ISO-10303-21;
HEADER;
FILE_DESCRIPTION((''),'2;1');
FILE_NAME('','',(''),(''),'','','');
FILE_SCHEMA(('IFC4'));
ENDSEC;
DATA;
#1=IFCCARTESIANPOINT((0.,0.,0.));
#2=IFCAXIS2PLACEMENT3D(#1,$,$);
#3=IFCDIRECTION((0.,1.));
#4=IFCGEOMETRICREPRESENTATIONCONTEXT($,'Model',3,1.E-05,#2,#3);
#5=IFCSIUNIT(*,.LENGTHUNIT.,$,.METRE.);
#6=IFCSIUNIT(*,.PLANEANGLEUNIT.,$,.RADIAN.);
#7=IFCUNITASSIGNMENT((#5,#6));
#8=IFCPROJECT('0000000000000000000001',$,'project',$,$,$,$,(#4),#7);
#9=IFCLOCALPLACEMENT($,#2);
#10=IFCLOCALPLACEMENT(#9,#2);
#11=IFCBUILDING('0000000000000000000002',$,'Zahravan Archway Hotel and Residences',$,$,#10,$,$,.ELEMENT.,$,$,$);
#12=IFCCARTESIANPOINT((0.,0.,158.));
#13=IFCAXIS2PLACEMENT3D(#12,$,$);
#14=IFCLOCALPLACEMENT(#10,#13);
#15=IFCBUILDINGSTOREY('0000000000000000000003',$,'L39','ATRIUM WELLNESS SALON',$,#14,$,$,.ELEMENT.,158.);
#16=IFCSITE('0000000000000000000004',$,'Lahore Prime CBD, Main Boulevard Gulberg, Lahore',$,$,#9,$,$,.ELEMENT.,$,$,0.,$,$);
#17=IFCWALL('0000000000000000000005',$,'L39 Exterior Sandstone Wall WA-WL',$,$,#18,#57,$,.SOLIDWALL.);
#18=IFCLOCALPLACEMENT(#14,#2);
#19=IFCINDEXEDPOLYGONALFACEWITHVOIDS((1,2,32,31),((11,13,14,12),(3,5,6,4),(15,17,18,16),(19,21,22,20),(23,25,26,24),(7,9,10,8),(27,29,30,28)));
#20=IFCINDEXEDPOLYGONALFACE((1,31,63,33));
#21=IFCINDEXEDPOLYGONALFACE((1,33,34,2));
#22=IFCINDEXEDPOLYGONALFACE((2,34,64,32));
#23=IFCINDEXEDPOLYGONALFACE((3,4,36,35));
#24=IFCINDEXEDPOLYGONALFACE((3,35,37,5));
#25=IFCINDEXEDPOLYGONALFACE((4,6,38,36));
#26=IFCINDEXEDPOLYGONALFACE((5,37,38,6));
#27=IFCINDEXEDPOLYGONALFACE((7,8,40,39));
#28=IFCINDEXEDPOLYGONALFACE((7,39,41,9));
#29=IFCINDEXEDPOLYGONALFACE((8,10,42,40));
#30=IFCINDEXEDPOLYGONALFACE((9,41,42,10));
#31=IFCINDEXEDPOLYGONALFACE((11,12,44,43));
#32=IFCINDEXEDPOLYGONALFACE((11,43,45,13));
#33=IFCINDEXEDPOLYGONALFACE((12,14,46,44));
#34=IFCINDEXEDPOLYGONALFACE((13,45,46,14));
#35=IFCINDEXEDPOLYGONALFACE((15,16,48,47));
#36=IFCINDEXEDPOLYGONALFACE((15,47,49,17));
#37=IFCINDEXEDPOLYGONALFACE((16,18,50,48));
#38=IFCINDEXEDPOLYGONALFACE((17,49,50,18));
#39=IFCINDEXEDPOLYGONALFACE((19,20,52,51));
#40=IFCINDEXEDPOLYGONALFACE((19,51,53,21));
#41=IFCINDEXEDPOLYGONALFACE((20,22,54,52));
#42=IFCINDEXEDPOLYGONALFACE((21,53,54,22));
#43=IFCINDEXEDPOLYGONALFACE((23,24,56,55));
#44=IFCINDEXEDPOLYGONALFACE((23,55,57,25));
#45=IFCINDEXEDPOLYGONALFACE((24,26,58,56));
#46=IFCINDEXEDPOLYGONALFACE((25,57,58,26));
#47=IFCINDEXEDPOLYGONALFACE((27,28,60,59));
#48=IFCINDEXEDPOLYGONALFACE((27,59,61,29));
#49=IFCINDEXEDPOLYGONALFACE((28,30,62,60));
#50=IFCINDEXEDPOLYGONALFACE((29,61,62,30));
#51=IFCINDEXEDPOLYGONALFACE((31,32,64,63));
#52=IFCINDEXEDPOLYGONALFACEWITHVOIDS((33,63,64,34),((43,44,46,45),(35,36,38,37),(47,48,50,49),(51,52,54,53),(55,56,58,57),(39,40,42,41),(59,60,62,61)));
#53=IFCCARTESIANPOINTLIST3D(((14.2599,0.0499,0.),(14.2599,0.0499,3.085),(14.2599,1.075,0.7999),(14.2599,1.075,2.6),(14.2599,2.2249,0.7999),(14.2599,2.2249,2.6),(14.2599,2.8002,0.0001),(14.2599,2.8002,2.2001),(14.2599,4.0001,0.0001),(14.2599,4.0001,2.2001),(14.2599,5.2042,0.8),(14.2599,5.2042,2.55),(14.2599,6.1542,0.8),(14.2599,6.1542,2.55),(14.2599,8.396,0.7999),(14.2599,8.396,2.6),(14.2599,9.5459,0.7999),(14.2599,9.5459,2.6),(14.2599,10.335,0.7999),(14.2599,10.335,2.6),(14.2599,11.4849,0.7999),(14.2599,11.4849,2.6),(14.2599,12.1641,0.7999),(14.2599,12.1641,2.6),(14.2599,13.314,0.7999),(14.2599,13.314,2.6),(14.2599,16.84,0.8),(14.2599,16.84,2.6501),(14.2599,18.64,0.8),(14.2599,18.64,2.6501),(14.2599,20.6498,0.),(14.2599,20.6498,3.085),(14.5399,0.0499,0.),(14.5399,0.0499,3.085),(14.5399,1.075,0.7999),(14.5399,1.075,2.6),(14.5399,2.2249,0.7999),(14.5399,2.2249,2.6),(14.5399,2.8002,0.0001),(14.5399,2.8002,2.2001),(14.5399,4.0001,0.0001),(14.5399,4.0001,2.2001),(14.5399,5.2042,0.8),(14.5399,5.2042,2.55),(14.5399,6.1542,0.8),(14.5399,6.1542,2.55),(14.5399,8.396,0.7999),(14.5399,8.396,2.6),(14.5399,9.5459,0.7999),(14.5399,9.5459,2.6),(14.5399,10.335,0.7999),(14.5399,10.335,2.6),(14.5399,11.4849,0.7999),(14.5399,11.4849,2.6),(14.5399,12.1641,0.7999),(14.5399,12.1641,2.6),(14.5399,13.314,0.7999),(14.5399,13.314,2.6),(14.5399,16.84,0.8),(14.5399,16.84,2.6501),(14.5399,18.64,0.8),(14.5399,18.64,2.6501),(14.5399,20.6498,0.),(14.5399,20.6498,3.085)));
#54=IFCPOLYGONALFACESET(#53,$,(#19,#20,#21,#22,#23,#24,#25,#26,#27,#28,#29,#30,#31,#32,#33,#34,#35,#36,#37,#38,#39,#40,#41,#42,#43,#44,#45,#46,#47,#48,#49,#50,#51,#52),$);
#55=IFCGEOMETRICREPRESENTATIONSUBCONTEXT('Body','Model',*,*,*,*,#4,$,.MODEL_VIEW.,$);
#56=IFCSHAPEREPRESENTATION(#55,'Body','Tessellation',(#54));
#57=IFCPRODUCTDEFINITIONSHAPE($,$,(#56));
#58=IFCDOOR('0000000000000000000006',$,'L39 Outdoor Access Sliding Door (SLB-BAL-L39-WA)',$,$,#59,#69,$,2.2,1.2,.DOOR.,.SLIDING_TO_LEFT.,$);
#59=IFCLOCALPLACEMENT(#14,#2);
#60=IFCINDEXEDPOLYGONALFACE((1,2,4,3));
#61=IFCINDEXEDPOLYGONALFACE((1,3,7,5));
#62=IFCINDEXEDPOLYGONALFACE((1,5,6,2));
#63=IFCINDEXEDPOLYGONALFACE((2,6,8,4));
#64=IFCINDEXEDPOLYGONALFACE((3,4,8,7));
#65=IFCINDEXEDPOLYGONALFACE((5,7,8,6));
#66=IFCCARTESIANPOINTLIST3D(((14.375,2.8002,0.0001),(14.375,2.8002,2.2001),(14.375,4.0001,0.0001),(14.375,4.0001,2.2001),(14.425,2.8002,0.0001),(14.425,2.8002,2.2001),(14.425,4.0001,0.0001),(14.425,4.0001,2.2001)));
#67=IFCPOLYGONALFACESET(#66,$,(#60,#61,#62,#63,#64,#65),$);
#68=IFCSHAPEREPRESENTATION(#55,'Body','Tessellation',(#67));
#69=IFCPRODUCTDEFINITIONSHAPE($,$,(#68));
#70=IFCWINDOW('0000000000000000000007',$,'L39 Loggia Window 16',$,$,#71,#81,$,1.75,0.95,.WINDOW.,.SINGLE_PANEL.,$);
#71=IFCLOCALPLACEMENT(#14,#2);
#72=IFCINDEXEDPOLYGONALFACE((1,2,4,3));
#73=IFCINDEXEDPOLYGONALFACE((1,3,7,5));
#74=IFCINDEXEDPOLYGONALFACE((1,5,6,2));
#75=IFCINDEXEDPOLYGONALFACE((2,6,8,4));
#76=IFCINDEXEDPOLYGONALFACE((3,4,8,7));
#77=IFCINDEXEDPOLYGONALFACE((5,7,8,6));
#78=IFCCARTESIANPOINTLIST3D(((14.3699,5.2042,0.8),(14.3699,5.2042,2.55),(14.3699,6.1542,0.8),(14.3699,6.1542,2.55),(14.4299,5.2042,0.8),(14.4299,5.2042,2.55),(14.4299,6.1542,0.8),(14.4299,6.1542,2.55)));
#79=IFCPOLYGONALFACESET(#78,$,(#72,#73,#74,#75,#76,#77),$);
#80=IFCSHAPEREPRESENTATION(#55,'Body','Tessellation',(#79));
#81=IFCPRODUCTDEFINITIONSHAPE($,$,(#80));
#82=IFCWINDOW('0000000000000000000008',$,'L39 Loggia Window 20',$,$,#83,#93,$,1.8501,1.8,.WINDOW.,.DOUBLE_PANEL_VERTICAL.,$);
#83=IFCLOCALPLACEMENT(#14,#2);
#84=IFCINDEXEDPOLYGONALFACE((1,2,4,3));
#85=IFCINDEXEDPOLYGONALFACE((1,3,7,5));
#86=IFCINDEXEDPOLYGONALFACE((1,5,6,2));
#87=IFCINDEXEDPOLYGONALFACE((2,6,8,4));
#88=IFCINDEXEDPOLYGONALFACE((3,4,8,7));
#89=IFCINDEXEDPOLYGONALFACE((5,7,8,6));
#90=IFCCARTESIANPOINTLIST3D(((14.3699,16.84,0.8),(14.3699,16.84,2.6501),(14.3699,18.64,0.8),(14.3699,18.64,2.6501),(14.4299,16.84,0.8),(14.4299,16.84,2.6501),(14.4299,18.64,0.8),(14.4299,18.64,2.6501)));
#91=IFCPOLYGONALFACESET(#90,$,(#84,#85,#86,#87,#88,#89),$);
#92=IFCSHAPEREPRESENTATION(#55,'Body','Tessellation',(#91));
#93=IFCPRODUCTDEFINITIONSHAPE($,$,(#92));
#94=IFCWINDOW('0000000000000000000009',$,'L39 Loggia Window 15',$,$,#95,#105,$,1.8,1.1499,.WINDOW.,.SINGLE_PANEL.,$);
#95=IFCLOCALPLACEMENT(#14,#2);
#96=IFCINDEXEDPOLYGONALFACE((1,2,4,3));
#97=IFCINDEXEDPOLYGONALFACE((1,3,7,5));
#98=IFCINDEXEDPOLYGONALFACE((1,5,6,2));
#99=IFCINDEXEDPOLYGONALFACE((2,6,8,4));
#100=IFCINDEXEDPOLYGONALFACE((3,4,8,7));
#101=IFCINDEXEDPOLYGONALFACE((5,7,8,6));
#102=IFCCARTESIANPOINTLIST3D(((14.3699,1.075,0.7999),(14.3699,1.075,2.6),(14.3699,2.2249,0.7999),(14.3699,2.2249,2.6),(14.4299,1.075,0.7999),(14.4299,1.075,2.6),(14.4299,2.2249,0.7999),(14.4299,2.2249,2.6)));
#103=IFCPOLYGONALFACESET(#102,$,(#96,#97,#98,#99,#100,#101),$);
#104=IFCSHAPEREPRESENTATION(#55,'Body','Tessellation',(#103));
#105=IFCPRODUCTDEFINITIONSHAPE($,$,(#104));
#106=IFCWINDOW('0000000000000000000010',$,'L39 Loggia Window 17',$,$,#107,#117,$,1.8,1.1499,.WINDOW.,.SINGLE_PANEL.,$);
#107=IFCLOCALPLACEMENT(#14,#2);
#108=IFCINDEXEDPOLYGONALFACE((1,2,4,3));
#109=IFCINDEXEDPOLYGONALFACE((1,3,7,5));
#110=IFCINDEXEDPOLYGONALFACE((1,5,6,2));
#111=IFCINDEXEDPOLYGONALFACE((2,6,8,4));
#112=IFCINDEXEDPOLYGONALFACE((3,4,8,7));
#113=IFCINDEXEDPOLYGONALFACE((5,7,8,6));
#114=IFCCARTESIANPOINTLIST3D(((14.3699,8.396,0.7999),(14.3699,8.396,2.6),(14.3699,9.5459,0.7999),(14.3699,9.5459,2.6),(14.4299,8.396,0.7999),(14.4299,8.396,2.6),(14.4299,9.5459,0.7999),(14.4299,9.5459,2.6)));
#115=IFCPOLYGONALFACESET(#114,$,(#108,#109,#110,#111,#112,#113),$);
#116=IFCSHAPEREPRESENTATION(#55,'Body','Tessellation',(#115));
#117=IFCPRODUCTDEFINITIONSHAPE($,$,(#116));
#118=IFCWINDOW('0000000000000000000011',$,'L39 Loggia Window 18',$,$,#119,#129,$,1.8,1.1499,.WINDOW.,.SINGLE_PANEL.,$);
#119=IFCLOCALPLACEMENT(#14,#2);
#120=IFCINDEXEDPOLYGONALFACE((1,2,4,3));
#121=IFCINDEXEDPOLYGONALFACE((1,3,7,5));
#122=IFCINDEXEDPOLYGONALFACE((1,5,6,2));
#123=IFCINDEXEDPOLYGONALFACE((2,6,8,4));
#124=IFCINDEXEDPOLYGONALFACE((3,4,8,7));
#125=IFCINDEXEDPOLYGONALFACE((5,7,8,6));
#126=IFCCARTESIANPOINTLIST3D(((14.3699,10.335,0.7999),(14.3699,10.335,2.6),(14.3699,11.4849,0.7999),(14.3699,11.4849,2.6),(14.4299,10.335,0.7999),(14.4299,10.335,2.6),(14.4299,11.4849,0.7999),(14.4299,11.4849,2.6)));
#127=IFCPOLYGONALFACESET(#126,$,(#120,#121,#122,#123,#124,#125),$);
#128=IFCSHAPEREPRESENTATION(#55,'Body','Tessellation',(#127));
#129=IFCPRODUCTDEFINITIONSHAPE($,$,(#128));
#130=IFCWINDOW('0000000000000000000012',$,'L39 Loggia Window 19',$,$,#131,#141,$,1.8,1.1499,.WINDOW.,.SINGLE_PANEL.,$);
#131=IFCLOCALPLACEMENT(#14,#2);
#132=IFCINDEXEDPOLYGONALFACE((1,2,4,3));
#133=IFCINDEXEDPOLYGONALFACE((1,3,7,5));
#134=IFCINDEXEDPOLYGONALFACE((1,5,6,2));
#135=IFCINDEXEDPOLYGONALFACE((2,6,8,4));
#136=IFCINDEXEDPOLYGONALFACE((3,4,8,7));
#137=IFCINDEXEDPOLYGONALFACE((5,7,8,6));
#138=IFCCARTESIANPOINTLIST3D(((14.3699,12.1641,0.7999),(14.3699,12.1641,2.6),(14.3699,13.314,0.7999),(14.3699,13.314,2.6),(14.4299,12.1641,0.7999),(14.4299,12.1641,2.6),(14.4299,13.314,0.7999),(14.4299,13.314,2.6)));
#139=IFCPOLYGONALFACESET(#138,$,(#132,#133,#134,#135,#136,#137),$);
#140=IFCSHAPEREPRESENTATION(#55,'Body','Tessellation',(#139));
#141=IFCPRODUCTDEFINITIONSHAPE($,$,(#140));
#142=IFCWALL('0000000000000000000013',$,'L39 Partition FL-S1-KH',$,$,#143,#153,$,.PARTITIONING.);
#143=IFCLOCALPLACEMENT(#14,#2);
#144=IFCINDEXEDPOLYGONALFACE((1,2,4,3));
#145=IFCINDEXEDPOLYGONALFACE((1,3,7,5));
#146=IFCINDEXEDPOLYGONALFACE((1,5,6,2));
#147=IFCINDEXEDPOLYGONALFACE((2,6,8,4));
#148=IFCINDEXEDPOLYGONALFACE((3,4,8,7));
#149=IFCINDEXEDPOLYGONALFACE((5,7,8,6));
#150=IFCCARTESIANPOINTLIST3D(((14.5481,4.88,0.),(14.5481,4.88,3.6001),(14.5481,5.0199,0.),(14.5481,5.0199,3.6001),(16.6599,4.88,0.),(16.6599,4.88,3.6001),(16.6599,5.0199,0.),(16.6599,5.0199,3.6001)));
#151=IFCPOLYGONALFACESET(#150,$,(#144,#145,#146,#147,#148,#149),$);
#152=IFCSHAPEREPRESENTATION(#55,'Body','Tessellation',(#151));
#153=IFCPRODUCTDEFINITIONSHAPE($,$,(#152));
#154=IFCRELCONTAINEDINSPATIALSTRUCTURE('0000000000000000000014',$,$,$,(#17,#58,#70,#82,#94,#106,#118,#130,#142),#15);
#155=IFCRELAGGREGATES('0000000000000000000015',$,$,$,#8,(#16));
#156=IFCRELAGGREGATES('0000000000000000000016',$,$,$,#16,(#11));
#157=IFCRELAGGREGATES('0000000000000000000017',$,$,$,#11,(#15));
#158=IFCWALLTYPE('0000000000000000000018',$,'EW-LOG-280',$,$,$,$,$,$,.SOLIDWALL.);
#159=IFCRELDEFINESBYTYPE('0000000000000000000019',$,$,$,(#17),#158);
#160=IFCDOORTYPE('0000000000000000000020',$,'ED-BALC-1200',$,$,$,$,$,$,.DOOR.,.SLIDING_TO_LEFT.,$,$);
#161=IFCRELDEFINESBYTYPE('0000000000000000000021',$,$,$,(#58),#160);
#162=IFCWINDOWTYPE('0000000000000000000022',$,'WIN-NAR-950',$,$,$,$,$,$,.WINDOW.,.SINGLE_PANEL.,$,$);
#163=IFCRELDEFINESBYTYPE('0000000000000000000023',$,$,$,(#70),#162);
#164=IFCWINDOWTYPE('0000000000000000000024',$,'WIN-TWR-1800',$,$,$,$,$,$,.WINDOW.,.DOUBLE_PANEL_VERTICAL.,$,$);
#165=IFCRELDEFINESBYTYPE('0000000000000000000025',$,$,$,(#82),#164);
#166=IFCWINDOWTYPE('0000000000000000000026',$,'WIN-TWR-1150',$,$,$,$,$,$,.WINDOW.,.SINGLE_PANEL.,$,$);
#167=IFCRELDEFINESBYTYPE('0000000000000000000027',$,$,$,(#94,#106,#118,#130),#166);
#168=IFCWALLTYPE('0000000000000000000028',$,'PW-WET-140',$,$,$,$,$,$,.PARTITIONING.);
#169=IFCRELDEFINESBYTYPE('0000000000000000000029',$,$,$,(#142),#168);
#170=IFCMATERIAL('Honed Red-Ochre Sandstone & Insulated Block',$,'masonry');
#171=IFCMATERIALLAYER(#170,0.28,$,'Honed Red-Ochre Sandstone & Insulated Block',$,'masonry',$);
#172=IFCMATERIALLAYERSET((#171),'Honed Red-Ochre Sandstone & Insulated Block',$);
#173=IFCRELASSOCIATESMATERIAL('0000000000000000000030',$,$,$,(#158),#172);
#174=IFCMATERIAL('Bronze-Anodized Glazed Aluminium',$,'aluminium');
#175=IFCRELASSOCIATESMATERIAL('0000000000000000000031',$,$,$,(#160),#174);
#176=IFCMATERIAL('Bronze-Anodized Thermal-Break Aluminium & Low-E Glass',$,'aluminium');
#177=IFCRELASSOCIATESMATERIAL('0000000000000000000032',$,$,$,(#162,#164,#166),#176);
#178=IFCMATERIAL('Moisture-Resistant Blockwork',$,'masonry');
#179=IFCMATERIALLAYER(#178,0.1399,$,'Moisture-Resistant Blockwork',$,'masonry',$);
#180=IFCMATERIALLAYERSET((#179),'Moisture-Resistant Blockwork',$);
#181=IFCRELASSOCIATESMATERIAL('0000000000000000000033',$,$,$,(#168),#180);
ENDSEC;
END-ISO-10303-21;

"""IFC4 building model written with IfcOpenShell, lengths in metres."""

from ifc_helpers import new_model, si_unit, direction, frame, frame_2d, origin, place, context, subcontext, project, spatial, rectangle, extrude, source, transform, mapped, material, layer, layer_set, type_object, type_shapes, element, fill, save


model = new_model("IFC4")

# Units and contexts
model_context = context("Model", 3, precision=1e-05, world=origin(), true_north=direction((0.0, 1.0)))
body_context = subcontext(model_context, "Body", "Model", "MODEL_VIEW")
ifc_project = project(units=[si_unit("LENGTHUNIT", "METRE"), si_unit("PLANEANGLEUNIT", "RADIAN")], contexts=[model_context])

# Site, building, storey
site_placement = place(None, origin())
site = spatial("IfcSite", under=ifc_project, at=site_placement, Name="Lahore Prime CBD, Main Boulevard Gulberg, Lahore", CompositionType="ELEMENT", RefElevation=0.0)
building_placement = place(site_placement, origin())
building = spatial("IfcBuilding", under=site, at=building_placement, Name="Zahravan Archway Hotel and Residences", CompositionType="ELEMENT")
storey_placement = place(building_placement, frame((0.0, 0.0, 158.0)))
storey = spatial("IfcBuildingStorey", under=building, at=storey_placement, Name="L39", Description="ATRIUM WELLNESS SALON", CompositionType="ELEMENT", Elevation=158.0)

# Wall, openings, door, windows
ifc_material_1 = material(Name="Honed Red-Ochre Sandstone & Insulated Block", Category="masonry")
ifc_layer_1 = layer(ifc_material_1, 0.28, Name="Honed Red-Ochre Sandstone & Insulated Block", Category="masonry")
ifc_layer_set_1 = layer_set([ifc_layer_1], Name="Honed Red-Ochre Sandstone & Insulated Block")
wall_type_1 = type_object("IfcWallType", Name="EW-LOG-280", PredefinedType="SOLIDWALL", material=ifc_layer_set_1)
ifc_material_2 = material(Name="Bronze-Anodized Glazed Aluminium", Category="aluminium")
door_type = type_object("IfcDoorType", Name="ED-BALC-1200", OperationType="SLIDING_TO_LEFT", PredefinedType="DOOR", material=ifc_material_2)
shared_shape_1 = source(origin(), body_context, "Body", "SweptSolid", [
    extrude(rectangle(XDim=1.2, YDim=2.2, at=frame_2d((0.6001, 1.1001))), frame((0.0, 0.0249, 0.0), z_axis=(0.0, -1.0, 0.0), x_axis=(1.0, 0.0, 0.0)), (0.0, 0.0, 1.0), 0.05),
])
type_shapes(door_type, [shared_shape_1])
ifc_material_3 = material(Name="Bronze-Anodized Thermal-Break Aluminium & Low-E Glass", Category="aluminium")
window_type_1 = type_object("IfcWindowType", Name="WIN-NAR-950", PartitioningType="SINGLE_PANEL", PredefinedType="WINDOW", material=ifc_material_3)
shared_shape_2 = source(origin(), body_context, "Body", "SweptSolid", [
    extrude(rectangle(XDim=0.95, YDim=1.75, at=frame_2d((0.4751, 0.875))), frame((0.0, 0.03, 0.0), z_axis=(0.0, -1.0, 0.0), x_axis=(1.0, 0.0, 0.0)), (0.0, 0.0, 1.0), 0.0601),
])
type_shapes(window_type_1, [shared_shape_2])
window_type_2 = type_object("IfcWindowType", Name="WIN-TWR-1800", PartitioningType="DOUBLE_PANEL_VERTICAL", PredefinedType="WINDOW", material=ifc_material_3)
shared_shape_3 = source(origin(), body_context, "Body", "SweptSolid", [
    extrude(rectangle(XDim=1.8, YDim=1.8501, at=frame_2d((0.8999, 0.925))), frame((0.0, 0.03, 0.0), z_axis=(0.0, -1.0, 0.0), x_axis=(1.0, 0.0, 0.0)), (0.0, 0.0, 1.0), 0.0601),
])
type_shapes(window_type_2, [shared_shape_3])
wall_1_placement = place(storey_placement, frame((14.3999, 0.05, 0.0), z_axis=(0.0, 0.0, 1.0), x_axis=(0.0, 1.0, 0.0)))
wall_1 = element("IfcWall", 1, at=wall_1_placement, inside=storey, type_object=wall_type_1, Name="L39 Exterior Sandstone Wall WA-WL", PredefinedType="SOLIDWALL", context=body_context, shape_type="SweptSolid", body=[
    extrude(rectangle(XDim=20.5999, YDim=0.28, at=frame_2d((10.2998, 0.0))), origin(), (0.0, 0.0, 1.0), 3.085),
])
opening_1_placement = place(wall_1_placement, frame((2.75, 0.0, 0.0)))
opening_1 = element("IfcOpeningElement", 2, at=opening_1_placement, cuts=wall_1, PredefinedType="OPENING", context=body_context, shape_type="SweptSolid", body=[
    extrude(rectangle(XDim=1.2, YDim=2.2, at=frame_2d((0.6001, 1.1001))), frame((0.0, 0.1499, 0.0), z_axis=(0.0, -1.0, 0.0), x_axis=(1.0, 0.0, 0.0)), (0.0, 0.0, 1.0), 0.3),
])
opening_2_placement = place(wall_1_placement, frame((1.0249, 0.0, 0.8)))
opening_2 = element("IfcOpeningElement", 3, at=opening_2_placement, cuts=wall_1, PredefinedType="OPENING", context=body_context, shape_type="SweptSolid", body=[
    extrude(rectangle(XDim=1.1499, YDim=1.8, at=frame_2d((0.575, 0.8999))), frame((0.0, 0.1499, 0.0), z_axis=(0.0, -1.0, 0.0), x_axis=(1.0, 0.0, 0.0)), (0.0, 0.0, 1.0), 0.3),
])
opening_3_placement = place(wall_1_placement, frame((5.1541, 0.0, 0.8)))
opening_3 = element("IfcOpeningElement", 4, at=opening_3_placement, cuts=wall_1, PredefinedType="OPENING", context=body_context, shape_type="SweptSolid", body=[
    extrude(rectangle(XDim=0.95, YDim=1.75, at=frame_2d((0.4751, 0.875))), frame((0.0, 0.1499, 0.0), z_axis=(0.0, -1.0, 0.0), x_axis=(1.0, 0.0, 0.0)), (0.0, 0.0, 1.0), 0.3),
])
opening_4_placement = place(wall_1_placement, frame((8.3459, 0.0, 0.8)))
opening_4 = element("IfcOpeningElement", 5, at=opening_4_placement, cuts=wall_1, PredefinedType="OPENING", context=body_context, shape_type="SweptSolid", body=[
    extrude(rectangle(XDim=1.1499, YDim=1.8, at=frame_2d((0.575, 0.8999))), frame((0.0, 0.1499, 0.0), z_axis=(0.0, -1.0, 0.0), x_axis=(1.0, 0.0, 0.0)), (0.0, 0.0, 1.0), 0.3),
])
opening_5_placement = place(wall_1_placement, frame((10.2849, 0.0, 0.8)))
opening_5 = element("IfcOpeningElement", 6, at=opening_5_placement, cuts=wall_1, PredefinedType="OPENING", context=body_context, shape_type="SweptSolid", body=[
    extrude(rectangle(XDim=1.1499, YDim=1.8, at=frame_2d((0.575, 0.8999))), frame((0.0, 0.1499, 0.0), z_axis=(0.0, -1.0, 0.0), x_axis=(1.0, 0.0, 0.0)), (0.0, 0.0, 1.0), 0.3),
])
opening_6_placement = place(wall_1_placement, frame((12.114, 0.0, 0.8)))
opening_6 = element("IfcOpeningElement", 7, at=opening_6_placement, cuts=wall_1, PredefinedType="OPENING", context=body_context, shape_type="SweptSolid", body=[
    extrude(rectangle(XDim=1.1499, YDim=1.8, at=frame_2d((0.575, 0.8999))), frame((0.0, 0.1499, 0.0), z_axis=(0.0, -1.0, 0.0), x_axis=(1.0, 0.0, 0.0)), (0.0, 0.0, 1.0), 0.3),
])
opening_7_placement = place(wall_1_placement, frame((16.79, 0.0, 0.8)))
opening_7 = element("IfcOpeningElement", 8, at=opening_7_placement, cuts=wall_1, PredefinedType="OPENING", context=body_context, shape_type="SweptSolid", body=[
    extrude(rectangle(XDim=1.8, YDim=1.8501, at=frame_2d((0.8999, 0.925))), frame((0.0, 0.1499, 0.0), z_axis=(0.0, -1.0, 0.0), x_axis=(1.0, 0.0, 0.0)), (0.0, 0.0, 1.0), 0.3),
])
door_1_placement = place(opening_1_placement, origin())
door_1 = element("IfcDoor", 9, at=door_1_placement, inside=storey, type_object=door_type, Name="L39 Outdoor Access Sliding Door (SLB-BAL-L39-WA)", OperationType="SLIDING_TO_LEFT", OverallHeight=2.2, OverallWidth=1.2, PredefinedType="DOOR", context=body_context, shape_type="MappedRepresentation", body=[
    mapped(shared_shape_1, transform((0.0, 0.0, 0.0), scale=1.0)),
])
fill(opening_1, door_1)
window_1_placement = place(opening_3_placement, origin())
window_1 = element("IfcWindow", 10, at=window_1_placement, inside=storey, type_object=window_type_1, Name="L39 Loggia Window 16", OverallHeight=1.75, OverallWidth=0.95, PartitioningType="SINGLE_PANEL", PredefinedType="WINDOW", context=body_context, shape_type="MappedRepresentation", body=[
    mapped(shared_shape_2, transform((0.0, 0.0, 0.0), scale=1.0)),
])
fill(opening_3, window_1)
window_2_placement = place(opening_7_placement, origin())
window_2 = element("IfcWindow", 11, at=window_2_placement, inside=storey, type_object=window_type_2, Name="L39 Loggia Window 20", OverallHeight=1.8501, OverallWidth=1.8, PartitioningType="DOUBLE_PANEL_VERTICAL", PredefinedType="WINDOW", context=body_context, shape_type="MappedRepresentation", body=[
    mapped(shared_shape_3, transform((0.0, 0.0, 0.0), scale=1.0)),
])
fill(opening_7, window_2)
window_type_3 = type_object("IfcWindowType", Name="WIN-TWR-1150", PartitioningType="SINGLE_PANEL", PredefinedType="WINDOW", material=ifc_material_3)
shared_shape_4 = source(origin(), body_context, "Body", "SweptSolid", [
    extrude(rectangle(XDim=1.1499, YDim=1.8, at=frame_2d((0.575, 0.8999))), frame((0.0, 0.03, 0.0), z_axis=(0.0, -1.0, 0.0), x_axis=(1.0, 0.0, 0.0)), (0.0, 0.0, 1.0), 0.0601),
])
type_shapes(window_type_3, [shared_shape_4])
window_3_placement = place(opening_2_placement, origin())
window_3 = element("IfcWindow", 12, at=window_3_placement, inside=storey, type_object=window_type_3, Name="L39 Loggia Window 15", OverallHeight=1.8, OverallWidth=1.1499, PartitioningType="SINGLE_PANEL", PredefinedType="WINDOW", context=body_context, shape_type="MappedRepresentation", body=[
    mapped(shared_shape_4, transform((0.0, 0.0, 0.0), scale=1.0)),
])
fill(opening_2, window_3)
window_4_placement = place(opening_4_placement, origin())
window_4 = element("IfcWindow", 13, at=window_4_placement, inside=storey, type_object=window_type_3, Name="L39 Loggia Window 17", OverallHeight=1.8, OverallWidth=1.1499, PartitioningType="SINGLE_PANEL", PredefinedType="WINDOW", context=body_context, shape_type="MappedRepresentation", body=[
    mapped(shared_shape_4, transform((0.0, 0.0, 0.0), scale=1.0)),
])
fill(opening_4, window_4)
window_5_placement = place(opening_5_placement, origin())
window_5 = element("IfcWindow", 14, at=window_5_placement, inside=storey, type_object=window_type_3, Name="L39 Loggia Window 18", OverallHeight=1.8, OverallWidth=1.1499, PartitioningType="SINGLE_PANEL", PredefinedType="WINDOW", context=body_context, shape_type="MappedRepresentation", body=[
    mapped(shared_shape_4, transform((0.0, 0.0, 0.0), scale=1.0)),
])
fill(opening_5, window_5)
window_6_placement = place(opening_6_placement, origin())
window_6 = element("IfcWindow", 15, at=window_6_placement, inside=storey, type_object=window_type_3, Name="L39 Loggia Window 19", OverallHeight=1.8, OverallWidth=1.1499, PartitioningType="SINGLE_PANEL", PredefinedType="WINDOW", context=body_context, shape_type="MappedRepresentation", body=[
    mapped(shared_shape_4, transform((0.0, 0.0, 0.0), scale=1.0)),
])
fill(opening_6, window_6)

# Wall
ifc_material_4 = material(Name="Moisture-Resistant Blockwork", Category="masonry")
ifc_layer_2 = layer(ifc_material_4, 0.1399, Name="Moisture-Resistant Blockwork", Category="masonry")
ifc_layer_set_2 = layer_set([ifc_layer_2], Name="Moisture-Resistant Blockwork")
wall_type_2 = type_object("IfcWallType", Name="PW-WET-140", PredefinedType="PARTITIONING", material=ifc_layer_set_2)
wall_2_placement = place(storey_placement, frame((14.5481, 4.95, 0.0), z_axis=(0.0, 0.0, 1.0), x_axis=(1.0, 0.0, 0.0)))
element("IfcWall", 16, at=wall_2_placement, inside=storey, type_object=wall_type_2, Name="L39 Partition FL-S1-KH", PredefinedType="PARTITIONING", context=body_context, shape_type="SweptSolid", body=[
    extrude(rectangle(XDim=2.1118, YDim=0.1399, at=frame_2d((1.0559, 0.0))), origin(), (0.0, 0.0, 1.0), 3.6001),
])

save(model, "model.ifc")
